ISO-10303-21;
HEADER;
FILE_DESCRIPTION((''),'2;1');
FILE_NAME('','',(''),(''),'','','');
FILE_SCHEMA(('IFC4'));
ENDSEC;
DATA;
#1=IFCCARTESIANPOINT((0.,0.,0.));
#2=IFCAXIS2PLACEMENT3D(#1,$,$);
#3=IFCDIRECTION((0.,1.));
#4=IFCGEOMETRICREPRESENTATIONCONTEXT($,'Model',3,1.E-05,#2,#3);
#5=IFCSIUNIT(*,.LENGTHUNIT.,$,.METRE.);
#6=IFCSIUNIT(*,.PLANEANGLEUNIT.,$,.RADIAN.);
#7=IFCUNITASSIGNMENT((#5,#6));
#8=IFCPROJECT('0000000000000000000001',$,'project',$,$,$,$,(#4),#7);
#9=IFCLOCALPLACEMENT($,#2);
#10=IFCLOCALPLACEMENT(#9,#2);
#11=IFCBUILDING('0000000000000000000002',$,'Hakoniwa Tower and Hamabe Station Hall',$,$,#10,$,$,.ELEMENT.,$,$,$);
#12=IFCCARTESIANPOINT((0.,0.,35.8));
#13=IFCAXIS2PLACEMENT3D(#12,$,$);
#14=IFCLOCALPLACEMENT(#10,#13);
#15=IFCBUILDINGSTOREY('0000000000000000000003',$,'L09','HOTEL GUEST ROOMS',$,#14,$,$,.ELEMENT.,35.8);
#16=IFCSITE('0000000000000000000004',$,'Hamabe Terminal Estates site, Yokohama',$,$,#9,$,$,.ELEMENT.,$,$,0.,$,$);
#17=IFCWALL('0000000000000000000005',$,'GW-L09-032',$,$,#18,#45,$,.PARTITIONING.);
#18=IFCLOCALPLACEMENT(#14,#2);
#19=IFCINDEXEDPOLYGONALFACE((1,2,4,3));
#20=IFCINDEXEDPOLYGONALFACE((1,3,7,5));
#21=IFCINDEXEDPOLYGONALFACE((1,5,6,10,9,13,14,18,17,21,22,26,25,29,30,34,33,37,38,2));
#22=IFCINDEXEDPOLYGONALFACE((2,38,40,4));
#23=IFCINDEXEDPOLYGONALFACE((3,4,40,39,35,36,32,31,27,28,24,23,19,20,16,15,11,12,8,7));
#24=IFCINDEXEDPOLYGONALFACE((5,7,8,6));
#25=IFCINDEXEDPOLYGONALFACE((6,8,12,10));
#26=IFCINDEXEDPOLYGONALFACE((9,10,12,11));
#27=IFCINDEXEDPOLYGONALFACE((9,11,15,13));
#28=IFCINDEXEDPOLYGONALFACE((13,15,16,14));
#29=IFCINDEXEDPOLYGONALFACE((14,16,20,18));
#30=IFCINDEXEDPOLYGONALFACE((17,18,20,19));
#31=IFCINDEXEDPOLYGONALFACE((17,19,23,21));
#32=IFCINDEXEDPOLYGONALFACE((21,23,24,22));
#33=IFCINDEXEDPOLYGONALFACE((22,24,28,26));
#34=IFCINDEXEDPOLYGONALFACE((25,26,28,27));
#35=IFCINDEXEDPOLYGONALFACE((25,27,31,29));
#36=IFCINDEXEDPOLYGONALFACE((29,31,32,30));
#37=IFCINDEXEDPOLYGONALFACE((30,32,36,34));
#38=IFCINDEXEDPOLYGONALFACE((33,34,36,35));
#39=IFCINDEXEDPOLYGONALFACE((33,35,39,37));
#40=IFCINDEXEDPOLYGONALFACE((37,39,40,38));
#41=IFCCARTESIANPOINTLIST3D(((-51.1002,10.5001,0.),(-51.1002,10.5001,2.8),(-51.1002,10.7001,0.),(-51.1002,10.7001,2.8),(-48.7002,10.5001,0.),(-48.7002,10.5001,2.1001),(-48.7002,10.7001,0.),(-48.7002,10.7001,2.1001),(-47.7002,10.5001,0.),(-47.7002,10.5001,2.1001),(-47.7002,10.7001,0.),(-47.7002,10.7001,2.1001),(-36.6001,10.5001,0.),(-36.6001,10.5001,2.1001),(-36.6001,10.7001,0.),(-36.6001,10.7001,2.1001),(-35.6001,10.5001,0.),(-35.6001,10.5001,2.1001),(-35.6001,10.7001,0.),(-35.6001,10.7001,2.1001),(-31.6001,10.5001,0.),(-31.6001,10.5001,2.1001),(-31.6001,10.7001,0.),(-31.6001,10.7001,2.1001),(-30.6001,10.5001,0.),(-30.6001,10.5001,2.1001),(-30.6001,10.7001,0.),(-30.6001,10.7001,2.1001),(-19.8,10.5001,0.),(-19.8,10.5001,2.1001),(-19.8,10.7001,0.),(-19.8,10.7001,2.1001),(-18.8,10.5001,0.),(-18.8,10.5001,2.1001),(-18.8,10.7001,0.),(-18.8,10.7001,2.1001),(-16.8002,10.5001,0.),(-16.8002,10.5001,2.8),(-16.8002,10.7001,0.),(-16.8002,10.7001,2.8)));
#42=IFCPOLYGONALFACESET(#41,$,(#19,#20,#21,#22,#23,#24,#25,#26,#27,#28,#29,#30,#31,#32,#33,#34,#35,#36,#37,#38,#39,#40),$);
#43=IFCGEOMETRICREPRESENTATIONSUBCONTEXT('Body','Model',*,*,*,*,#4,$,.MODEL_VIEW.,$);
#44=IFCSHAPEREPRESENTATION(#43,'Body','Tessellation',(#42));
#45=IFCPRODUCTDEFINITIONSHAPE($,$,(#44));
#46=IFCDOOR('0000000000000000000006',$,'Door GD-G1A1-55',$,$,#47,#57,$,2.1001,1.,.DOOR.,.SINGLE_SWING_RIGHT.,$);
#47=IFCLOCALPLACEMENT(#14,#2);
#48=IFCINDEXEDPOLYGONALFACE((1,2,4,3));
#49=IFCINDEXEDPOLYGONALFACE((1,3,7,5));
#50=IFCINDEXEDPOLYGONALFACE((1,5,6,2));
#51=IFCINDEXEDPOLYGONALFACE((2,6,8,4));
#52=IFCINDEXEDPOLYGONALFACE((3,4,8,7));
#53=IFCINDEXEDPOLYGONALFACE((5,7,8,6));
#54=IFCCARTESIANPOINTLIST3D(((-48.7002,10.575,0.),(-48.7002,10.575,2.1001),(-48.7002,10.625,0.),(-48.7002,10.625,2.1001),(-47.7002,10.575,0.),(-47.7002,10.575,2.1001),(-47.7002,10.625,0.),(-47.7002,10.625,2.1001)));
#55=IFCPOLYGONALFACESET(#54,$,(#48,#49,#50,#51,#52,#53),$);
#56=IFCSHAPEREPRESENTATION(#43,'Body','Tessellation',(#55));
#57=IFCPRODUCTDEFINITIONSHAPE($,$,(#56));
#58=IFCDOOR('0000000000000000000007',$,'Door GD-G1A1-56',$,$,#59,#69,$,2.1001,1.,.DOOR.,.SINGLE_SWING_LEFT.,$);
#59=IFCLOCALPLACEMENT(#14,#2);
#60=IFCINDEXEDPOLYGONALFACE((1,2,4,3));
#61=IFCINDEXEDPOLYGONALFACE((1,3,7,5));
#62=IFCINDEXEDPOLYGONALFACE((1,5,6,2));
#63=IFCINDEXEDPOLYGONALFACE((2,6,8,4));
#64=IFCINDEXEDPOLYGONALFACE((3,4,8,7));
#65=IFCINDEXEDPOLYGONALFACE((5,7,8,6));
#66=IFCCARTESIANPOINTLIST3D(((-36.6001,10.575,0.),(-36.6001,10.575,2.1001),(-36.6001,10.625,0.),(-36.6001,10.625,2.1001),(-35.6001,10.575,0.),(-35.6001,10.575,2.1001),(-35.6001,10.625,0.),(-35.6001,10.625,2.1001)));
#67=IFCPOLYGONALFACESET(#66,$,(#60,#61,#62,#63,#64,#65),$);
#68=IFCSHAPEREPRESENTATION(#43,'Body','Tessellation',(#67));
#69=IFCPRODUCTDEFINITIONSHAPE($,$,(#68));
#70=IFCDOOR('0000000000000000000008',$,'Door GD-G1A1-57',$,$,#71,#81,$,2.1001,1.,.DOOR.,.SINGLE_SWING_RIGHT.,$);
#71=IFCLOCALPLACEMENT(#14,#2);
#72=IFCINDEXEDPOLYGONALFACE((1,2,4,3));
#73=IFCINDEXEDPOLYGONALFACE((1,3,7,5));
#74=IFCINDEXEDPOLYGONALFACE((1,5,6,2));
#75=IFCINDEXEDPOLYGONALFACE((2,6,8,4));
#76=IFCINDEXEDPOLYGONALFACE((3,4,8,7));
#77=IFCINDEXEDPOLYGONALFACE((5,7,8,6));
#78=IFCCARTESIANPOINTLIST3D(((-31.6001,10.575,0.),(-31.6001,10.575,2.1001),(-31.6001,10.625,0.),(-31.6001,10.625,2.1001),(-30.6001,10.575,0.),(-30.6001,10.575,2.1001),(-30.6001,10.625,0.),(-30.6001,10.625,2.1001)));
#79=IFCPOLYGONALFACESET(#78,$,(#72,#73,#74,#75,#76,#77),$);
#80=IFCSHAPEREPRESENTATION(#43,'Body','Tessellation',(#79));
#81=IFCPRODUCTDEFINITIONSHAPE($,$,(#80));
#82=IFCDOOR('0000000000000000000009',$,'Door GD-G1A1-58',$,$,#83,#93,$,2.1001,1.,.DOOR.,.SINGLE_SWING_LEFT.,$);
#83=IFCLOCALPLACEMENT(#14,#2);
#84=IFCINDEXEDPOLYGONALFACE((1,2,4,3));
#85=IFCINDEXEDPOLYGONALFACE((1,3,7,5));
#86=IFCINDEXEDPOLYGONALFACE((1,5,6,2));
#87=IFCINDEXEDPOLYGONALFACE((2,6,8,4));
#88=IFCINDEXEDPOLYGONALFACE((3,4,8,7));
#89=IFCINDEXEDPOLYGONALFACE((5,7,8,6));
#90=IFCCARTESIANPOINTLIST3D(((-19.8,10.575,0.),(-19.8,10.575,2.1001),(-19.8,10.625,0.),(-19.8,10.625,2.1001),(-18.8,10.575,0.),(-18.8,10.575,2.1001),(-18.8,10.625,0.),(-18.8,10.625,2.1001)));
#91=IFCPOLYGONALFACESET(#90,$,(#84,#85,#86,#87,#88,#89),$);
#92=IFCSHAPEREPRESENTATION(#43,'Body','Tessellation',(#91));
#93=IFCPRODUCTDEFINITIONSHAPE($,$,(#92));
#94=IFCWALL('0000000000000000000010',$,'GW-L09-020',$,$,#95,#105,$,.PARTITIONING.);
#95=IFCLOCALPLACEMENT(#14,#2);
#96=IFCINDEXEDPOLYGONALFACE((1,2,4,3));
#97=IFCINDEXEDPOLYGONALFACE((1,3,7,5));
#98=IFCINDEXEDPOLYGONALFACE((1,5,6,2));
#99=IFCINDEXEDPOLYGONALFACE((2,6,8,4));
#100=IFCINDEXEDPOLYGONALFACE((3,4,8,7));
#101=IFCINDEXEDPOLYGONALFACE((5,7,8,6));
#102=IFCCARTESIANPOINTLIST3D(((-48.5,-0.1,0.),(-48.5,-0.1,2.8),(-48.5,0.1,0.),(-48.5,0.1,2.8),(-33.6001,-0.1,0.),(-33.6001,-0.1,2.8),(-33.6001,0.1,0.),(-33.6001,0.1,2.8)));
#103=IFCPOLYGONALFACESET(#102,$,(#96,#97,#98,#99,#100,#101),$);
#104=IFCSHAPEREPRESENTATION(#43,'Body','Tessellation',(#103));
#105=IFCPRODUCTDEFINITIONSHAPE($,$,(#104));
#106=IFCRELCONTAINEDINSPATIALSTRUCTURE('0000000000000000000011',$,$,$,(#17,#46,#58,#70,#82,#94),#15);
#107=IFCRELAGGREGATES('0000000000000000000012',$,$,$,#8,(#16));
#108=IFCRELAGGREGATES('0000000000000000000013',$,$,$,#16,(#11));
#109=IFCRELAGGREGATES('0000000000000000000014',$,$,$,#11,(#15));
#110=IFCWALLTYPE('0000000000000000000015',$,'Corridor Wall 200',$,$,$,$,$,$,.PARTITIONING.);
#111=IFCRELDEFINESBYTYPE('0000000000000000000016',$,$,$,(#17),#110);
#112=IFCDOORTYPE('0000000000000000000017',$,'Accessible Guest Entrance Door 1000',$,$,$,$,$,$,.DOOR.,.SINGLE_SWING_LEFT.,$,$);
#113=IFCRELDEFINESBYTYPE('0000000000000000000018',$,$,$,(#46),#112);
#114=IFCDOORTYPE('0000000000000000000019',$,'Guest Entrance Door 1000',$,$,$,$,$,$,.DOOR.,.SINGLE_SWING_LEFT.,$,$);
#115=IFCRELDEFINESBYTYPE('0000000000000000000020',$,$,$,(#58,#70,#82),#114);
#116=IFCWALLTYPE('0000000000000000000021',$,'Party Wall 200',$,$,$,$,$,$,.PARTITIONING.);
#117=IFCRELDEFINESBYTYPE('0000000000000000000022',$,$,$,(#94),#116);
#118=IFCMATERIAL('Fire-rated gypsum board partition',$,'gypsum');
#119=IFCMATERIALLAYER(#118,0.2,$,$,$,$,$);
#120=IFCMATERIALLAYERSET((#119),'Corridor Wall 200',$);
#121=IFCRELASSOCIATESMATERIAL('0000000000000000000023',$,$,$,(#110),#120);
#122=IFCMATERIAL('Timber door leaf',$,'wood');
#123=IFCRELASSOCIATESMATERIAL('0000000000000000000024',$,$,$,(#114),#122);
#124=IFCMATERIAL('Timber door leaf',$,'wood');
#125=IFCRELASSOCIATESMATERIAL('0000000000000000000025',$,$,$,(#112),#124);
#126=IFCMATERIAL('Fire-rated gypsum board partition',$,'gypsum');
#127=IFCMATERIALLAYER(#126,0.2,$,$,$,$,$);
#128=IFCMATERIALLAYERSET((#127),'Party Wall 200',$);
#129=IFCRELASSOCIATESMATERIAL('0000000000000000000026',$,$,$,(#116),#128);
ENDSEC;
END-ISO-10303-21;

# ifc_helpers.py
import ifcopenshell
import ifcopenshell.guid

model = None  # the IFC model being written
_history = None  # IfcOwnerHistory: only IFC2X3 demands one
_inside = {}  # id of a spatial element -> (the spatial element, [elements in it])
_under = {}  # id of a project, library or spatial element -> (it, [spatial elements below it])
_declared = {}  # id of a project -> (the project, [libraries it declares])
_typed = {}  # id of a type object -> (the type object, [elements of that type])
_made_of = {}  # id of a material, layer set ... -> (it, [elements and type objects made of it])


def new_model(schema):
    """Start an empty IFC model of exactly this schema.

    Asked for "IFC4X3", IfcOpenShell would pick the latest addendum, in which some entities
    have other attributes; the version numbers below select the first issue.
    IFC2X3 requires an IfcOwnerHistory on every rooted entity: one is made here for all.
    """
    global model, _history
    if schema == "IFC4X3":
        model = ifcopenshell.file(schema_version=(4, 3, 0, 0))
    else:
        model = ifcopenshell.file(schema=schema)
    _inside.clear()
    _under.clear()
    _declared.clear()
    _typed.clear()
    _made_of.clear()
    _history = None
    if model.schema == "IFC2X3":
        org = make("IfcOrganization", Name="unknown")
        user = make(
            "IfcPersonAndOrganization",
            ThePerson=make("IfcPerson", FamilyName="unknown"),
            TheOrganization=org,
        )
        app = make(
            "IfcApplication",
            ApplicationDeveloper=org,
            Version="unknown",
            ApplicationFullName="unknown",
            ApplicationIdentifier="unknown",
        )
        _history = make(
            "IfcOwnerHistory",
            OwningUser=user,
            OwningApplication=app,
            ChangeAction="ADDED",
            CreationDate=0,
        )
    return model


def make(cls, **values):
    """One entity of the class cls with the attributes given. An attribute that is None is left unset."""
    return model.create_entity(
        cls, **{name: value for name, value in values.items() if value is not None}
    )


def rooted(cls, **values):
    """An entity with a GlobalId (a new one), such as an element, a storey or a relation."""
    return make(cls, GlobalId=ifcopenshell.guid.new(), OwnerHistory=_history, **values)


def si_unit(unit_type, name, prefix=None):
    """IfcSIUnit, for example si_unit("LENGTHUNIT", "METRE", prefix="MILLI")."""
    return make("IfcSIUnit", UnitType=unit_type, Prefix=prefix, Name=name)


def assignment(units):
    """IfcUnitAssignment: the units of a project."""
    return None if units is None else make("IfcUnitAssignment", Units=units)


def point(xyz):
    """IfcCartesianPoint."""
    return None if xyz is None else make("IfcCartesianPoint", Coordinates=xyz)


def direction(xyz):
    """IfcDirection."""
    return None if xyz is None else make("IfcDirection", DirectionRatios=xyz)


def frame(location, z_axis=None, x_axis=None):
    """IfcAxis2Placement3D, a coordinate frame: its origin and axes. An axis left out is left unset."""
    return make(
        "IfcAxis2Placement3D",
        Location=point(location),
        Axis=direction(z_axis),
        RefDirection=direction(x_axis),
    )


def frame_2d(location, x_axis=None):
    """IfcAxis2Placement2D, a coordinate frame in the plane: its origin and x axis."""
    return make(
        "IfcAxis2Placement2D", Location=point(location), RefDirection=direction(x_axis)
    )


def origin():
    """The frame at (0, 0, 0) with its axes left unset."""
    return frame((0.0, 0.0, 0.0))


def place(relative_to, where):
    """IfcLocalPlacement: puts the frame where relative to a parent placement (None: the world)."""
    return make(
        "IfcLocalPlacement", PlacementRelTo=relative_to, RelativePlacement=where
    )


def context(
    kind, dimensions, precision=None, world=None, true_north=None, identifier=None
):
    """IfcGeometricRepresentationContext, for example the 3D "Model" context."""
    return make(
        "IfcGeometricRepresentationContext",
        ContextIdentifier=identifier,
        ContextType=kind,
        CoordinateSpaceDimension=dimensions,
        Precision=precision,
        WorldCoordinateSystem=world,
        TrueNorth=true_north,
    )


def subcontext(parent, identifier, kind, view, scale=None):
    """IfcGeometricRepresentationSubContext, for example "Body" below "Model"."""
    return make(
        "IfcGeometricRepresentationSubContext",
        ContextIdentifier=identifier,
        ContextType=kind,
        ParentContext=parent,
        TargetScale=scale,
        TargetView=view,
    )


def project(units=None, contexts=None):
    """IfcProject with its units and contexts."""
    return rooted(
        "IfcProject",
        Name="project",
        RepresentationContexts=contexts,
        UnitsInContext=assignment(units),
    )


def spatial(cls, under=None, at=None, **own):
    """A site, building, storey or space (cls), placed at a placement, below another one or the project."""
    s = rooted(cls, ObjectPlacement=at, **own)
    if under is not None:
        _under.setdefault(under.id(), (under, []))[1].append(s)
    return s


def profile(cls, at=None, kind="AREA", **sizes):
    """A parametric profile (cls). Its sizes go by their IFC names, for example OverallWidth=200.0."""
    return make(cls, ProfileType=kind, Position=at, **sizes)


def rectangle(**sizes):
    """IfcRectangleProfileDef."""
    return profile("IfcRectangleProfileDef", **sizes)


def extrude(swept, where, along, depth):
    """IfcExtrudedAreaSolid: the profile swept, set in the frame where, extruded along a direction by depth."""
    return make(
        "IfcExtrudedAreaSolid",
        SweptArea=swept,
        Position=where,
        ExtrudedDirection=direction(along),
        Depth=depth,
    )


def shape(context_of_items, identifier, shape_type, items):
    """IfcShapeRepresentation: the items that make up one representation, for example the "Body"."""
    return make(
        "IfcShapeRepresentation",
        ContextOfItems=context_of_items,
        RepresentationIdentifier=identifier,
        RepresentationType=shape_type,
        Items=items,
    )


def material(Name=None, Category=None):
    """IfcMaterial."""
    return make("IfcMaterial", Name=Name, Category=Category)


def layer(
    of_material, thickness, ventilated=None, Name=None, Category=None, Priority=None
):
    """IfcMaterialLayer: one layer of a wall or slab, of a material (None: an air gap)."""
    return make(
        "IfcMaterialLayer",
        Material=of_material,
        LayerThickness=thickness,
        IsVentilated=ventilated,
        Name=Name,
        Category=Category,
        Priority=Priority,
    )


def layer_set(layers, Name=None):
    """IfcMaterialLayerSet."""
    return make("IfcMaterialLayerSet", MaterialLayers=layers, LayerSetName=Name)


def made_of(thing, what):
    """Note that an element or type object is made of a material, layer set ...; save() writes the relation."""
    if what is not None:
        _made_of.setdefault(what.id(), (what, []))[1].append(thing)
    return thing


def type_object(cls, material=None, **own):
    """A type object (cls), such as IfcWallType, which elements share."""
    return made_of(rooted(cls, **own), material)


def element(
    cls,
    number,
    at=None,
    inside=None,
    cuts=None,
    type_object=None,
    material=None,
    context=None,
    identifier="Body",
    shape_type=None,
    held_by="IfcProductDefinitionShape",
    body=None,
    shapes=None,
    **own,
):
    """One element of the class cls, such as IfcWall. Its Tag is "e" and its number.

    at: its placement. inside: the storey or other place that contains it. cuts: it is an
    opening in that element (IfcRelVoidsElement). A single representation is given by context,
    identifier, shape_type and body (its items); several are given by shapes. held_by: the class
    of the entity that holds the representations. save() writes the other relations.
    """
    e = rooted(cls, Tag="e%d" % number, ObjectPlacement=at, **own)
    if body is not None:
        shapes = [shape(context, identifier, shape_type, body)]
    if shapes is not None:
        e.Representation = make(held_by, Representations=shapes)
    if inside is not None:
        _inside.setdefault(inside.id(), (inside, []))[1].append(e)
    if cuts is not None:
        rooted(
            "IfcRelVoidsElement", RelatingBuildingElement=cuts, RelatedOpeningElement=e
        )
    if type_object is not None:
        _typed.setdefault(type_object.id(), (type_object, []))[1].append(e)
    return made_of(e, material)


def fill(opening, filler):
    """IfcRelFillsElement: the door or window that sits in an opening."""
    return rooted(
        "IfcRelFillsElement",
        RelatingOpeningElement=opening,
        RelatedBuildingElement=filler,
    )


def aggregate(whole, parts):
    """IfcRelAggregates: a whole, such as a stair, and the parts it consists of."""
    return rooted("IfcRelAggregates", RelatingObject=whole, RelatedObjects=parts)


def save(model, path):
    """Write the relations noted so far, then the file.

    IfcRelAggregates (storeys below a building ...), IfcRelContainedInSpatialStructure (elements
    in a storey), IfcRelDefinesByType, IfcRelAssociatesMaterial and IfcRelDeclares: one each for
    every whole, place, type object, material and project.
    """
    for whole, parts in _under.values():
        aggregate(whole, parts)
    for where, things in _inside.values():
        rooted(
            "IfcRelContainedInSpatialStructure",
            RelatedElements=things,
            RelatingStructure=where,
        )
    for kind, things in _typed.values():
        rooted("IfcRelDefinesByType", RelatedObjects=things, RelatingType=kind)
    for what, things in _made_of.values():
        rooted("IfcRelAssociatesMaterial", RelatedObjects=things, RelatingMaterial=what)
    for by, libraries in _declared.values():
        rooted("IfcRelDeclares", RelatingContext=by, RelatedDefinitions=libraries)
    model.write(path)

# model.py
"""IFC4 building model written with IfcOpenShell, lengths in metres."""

from ifc_helpers import new_model, si_unit, direction, frame, frame_2d, origin, place, context, subcontext, project, spatial, rectangle, extrude, material, layer, layer_set, type_object, element, fill, save


model = new_model("IFC4")

# Units and contexts
model_context = context("Model", 3, precision=1e-05, world=origin(), true_north=direction((0.0, 1.0)))
body_context = subcontext(model_context, "Body", "Model", "MODEL_VIEW")
ifc_project = project(units=[si_unit("LENGTHUNIT", "METRE"), si_unit("PLANEANGLEUNIT", "RADIAN")], contexts=[model_context])

# Site, building, storey
site_placement = place(None, origin())
site = spatial("IfcSite", under=ifc_project, at=site_placement, Name="Hamabe Terminal Estates site, Yokohama", CompositionType="ELEMENT", RefElevation=0.0)
building_placement = place(site_placement, origin())
building = spatial("IfcBuilding", under=site, at=building_placement, Name="Hakoniwa Tower and Hamabe Station Hall", CompositionType="ELEMENT")
storey_placement = place(building_placement, frame((0.0, 0.0, 35.8)))
storey = spatial("IfcBuildingStorey", under=building, at=storey_placement, Name="L09", Description="HOTEL GUEST ROOMS", CompositionType="ELEMENT", Elevation=35.8)

# Wall, openings, doors
ifc_material_1 = material(Name="Fire-rated gypsum board partition", Category="gypsum")
ifc_layer_1 = layer(ifc_material_1, 0.2)
ifc_layer_set_1 = layer_set([ifc_layer_1], Name="Corridor Wall 200")
wall_type_1 = type_object("IfcWallType", Name="Corridor Wall 200", PredefinedType="PARTITIONING", material=ifc_layer_set_1)
ifc_material_2 = material(Name="Timber door leaf", Category="wood")
door_type_1 = type_object("IfcDoorType", Name="Guest Entrance Door 1000", OperationType="SINGLE_SWING_LEFT", PredefinedType="DOOR", material=ifc_material_2)
wall_1_placement = place(storey_placement, frame((-51.1001, 10.6001, 0.0), z_axis=(0.0, 0.0, 1.0), x_axis=(1.0, 0.0, 0.0)))
wall_1 = element("IfcWall", 1, at=wall_1_placement, inside=storey, type_object=wall_type_1, Name="GW-L09-032", PredefinedType="PARTITIONING", context=body_context, shape_type="SweptSolid", body=[
    extrude(rectangle(XDim=34.3, YDim=0.2, at=frame_2d((17.1499, 0.0))), origin(), (0.0, 0.0, 1.0), 2.8),
])
opening_1_placement = place(wall_1_placement, frame((2.3999, 0.0, 0.0)))
opening_1 = element("IfcOpeningElement", 2, at=opening_1_placement, cuts=wall_1, PredefinedType="OPENING", context=body_context, shape_type="SweptSolid", body=[
    extrude(rectangle(XDim=1.0, YDim=2.1001, at=frame_2d((0.5, 1.05))), frame((0.0, 0.1099, 0.0), z_axis=(0.0, -1.0, 0.0), x_axis=(1.0, 0.0, 0.0)), (0.0, 0.0, 1.0), 0.22),
])
opening_2_placement = place(wall_1_placement, frame((14.5, 0.0, 0.0)))
opening_2 = element("IfcOpeningElement", 3, at=opening_2_placement, cuts=wall_1, PredefinedType="OPENING", context=body_context, shape_type="SweptSolid", body=[
    extrude(rectangle(XDim=1.0, YDim=2.1001, at=frame_2d((0.5, 1.05))), frame((0.0, 0.1099, 0.0), z_axis=(0.0, -1.0, 0.0), x_axis=(1.0, 0.0, 0.0)), (0.0, 0.0, 1.0), 0.22),
])
opening_3_placement = place(wall_1_placement, frame((19.5, 0.0, 0.0)))
opening_3 = element("IfcOpeningElement", 4, at=opening_3_placement, cuts=wall_1, PredefinedType="OPENING", context=body_context, shape_type="SweptSolid", body=[
    extrude(rectangle(XDim=1.0, YDim=2.1001, at=frame_2d((0.5, 1.05))), frame((0.0, 0.1099, 0.0), z_axis=(0.0, -1.0, 0.0), x_axis=(1.0, 0.0, 0.0)), (0.0, 0.0, 1.0), 0.22),
])
opening_4_placement = place(wall_1_placement, frame((31.3, 0.0, 0.0)))
opening_4 = element("IfcOpeningElement", 5, at=opening_4_placement, cuts=wall_1, PredefinedType="OPENING", context=body_context, shape_type="SweptSolid", body=[
    extrude(rectangle(XDim=1.0, YDim=2.1001, at=frame_2d((0.5, 1.05))), frame((0.0, 0.1099, 0.0), z_axis=(0.0, -1.0, 0.0), x_axis=(1.0, 0.0, 0.0)), (0.0, 0.0, 1.0), 0.22),
])
ifc_material_3 = material(Name="Timber door leaf", Category="wood")
door_type_2 = type_object("IfcDoorType", Name="Accessible Guest Entrance Door 1000", OperationType="SINGLE_SWING_LEFT", PredefinedType="DOOR", material=ifc_material_3)
door_1_placement = place(opening_1_placement, origin())
door_1 = element("IfcDoor", 6, at=door_1_placement, inside=storey, type_object=door_type_2, Name="Door GD-G1A1-55", OperationType="SINGLE_SWING_RIGHT", OverallHeight=2.1001, OverallWidth=1.0, PredefinedType="DOOR", context=body_context, shape_type="SweptSolid", body=[
    extrude(rectangle(XDim=1.0, YDim=2.1001, at=frame_2d((0.5, 1.05))), frame((0.0, 0.0249, 0.0), z_axis=(0.0, -1.0, 0.0), x_axis=(1.0, 0.0, 0.0)), (0.0, 0.0, 1.0), 0.05),
])
fill(opening_1, door_1)
door_2_placement = place(opening_2_placement, origin())
door_2 = element("IfcDoor", 7, at=door_2_placement, inside=storey, type_object=door_type_1, Name="Door GD-G1A1-56", OperationType="SINGLE_SWING_LEFT", OverallHeight=2.1001, OverallWidth=1.0, PredefinedType="DOOR", context=body_context, shape_type="SweptSolid", body=[
    extrude(rectangle(XDim=1.0, YDim=2.1001, at=frame_2d((0.5, 1.05))), frame((0.0, 0.0249, 0.0), z_axis=(0.0, -1.0, 0.0), x_axis=(1.0, 0.0, 0.0)), (0.0, 0.0, 1.0), 0.05),
])
fill(opening_2, door_2)
door_3_placement = place(opening_3_placement, origin())
door_3 = element("IfcDoor", 8, at=door_3_placement, inside=storey, type_object=door_type_1, Name="Door GD-G1A1-57", OperationType="SINGLE_SWING_RIGHT", OverallHeight=2.1001, OverallWidth=1.0, PredefinedType="DOOR", context=body_context, shape_type="SweptSolid", body=[
    extrude(rectangle(XDim=1.0, YDim=2.1001, at=frame_2d((0.5, 1.05))), frame((0.0, 0.0249, 0.0), z_axis=(0.0, -1.0, 0.0), x_axis=(1.0, 0.0, 0.0)), (0.0, 0.0, 1.0), 0.05),
])
fill(opening_3, door_3)
door_4_placement = place(opening_4_placement, origin())
door_4 = element("IfcDoor", 9, at=door_4_placement, inside=storey, type_object=door_type_1, Name="Door GD-G1A1-58", OperationType="SINGLE_SWING_LEFT", OverallHeight=2.1001, OverallWidth=1.0, PredefinedType="DOOR", context=body_context, shape_type="SweptSolid", body=[
    extrude(rectangle(XDim=1.0, YDim=2.1001, at=frame_2d((0.5, 1.05))), frame((0.0, 0.0249, 0.0), z_axis=(0.0, -1.0, 0.0), x_axis=(1.0, 0.0, 0.0)), (0.0, 0.0, 1.0), 0.05),
])
fill(opening_4, door_4)

# Wall
ifc_material_4 = material(Name="Fire-rated gypsum board partition", Category="gypsum")
ifc_layer_2 = layer(ifc_material_4, 0.2)
ifc_layer_set_2 = layer_set([ifc_layer_2], Name="Party Wall 200")
wall_type_2 = type_object("IfcWallType", Name="Party Wall 200", PredefinedType="PARTITIONING", material=ifc_layer_set_2)
wall_2_placement = place(storey_placement, frame((-48.5, 0.0, 0.0), z_axis=(0.0, 0.0, 1.0), x_axis=(1.0, 0.0, 0.0)))
element("IfcWall", 10, at=wall_2_placement, inside=storey, type_object=wall_type_2, Name="GW-L09-020", PredefinedType="PARTITIONING", context=body_context, shape_type="SweptSolid", body=[
    extrude(rectangle(XDim=14.8999, YDim=0.2, at=frame_2d((7.45, 0.0))), origin(), (0.0, 0.0, 1.0), 2.8),
])

save(model, "model.ifc")
